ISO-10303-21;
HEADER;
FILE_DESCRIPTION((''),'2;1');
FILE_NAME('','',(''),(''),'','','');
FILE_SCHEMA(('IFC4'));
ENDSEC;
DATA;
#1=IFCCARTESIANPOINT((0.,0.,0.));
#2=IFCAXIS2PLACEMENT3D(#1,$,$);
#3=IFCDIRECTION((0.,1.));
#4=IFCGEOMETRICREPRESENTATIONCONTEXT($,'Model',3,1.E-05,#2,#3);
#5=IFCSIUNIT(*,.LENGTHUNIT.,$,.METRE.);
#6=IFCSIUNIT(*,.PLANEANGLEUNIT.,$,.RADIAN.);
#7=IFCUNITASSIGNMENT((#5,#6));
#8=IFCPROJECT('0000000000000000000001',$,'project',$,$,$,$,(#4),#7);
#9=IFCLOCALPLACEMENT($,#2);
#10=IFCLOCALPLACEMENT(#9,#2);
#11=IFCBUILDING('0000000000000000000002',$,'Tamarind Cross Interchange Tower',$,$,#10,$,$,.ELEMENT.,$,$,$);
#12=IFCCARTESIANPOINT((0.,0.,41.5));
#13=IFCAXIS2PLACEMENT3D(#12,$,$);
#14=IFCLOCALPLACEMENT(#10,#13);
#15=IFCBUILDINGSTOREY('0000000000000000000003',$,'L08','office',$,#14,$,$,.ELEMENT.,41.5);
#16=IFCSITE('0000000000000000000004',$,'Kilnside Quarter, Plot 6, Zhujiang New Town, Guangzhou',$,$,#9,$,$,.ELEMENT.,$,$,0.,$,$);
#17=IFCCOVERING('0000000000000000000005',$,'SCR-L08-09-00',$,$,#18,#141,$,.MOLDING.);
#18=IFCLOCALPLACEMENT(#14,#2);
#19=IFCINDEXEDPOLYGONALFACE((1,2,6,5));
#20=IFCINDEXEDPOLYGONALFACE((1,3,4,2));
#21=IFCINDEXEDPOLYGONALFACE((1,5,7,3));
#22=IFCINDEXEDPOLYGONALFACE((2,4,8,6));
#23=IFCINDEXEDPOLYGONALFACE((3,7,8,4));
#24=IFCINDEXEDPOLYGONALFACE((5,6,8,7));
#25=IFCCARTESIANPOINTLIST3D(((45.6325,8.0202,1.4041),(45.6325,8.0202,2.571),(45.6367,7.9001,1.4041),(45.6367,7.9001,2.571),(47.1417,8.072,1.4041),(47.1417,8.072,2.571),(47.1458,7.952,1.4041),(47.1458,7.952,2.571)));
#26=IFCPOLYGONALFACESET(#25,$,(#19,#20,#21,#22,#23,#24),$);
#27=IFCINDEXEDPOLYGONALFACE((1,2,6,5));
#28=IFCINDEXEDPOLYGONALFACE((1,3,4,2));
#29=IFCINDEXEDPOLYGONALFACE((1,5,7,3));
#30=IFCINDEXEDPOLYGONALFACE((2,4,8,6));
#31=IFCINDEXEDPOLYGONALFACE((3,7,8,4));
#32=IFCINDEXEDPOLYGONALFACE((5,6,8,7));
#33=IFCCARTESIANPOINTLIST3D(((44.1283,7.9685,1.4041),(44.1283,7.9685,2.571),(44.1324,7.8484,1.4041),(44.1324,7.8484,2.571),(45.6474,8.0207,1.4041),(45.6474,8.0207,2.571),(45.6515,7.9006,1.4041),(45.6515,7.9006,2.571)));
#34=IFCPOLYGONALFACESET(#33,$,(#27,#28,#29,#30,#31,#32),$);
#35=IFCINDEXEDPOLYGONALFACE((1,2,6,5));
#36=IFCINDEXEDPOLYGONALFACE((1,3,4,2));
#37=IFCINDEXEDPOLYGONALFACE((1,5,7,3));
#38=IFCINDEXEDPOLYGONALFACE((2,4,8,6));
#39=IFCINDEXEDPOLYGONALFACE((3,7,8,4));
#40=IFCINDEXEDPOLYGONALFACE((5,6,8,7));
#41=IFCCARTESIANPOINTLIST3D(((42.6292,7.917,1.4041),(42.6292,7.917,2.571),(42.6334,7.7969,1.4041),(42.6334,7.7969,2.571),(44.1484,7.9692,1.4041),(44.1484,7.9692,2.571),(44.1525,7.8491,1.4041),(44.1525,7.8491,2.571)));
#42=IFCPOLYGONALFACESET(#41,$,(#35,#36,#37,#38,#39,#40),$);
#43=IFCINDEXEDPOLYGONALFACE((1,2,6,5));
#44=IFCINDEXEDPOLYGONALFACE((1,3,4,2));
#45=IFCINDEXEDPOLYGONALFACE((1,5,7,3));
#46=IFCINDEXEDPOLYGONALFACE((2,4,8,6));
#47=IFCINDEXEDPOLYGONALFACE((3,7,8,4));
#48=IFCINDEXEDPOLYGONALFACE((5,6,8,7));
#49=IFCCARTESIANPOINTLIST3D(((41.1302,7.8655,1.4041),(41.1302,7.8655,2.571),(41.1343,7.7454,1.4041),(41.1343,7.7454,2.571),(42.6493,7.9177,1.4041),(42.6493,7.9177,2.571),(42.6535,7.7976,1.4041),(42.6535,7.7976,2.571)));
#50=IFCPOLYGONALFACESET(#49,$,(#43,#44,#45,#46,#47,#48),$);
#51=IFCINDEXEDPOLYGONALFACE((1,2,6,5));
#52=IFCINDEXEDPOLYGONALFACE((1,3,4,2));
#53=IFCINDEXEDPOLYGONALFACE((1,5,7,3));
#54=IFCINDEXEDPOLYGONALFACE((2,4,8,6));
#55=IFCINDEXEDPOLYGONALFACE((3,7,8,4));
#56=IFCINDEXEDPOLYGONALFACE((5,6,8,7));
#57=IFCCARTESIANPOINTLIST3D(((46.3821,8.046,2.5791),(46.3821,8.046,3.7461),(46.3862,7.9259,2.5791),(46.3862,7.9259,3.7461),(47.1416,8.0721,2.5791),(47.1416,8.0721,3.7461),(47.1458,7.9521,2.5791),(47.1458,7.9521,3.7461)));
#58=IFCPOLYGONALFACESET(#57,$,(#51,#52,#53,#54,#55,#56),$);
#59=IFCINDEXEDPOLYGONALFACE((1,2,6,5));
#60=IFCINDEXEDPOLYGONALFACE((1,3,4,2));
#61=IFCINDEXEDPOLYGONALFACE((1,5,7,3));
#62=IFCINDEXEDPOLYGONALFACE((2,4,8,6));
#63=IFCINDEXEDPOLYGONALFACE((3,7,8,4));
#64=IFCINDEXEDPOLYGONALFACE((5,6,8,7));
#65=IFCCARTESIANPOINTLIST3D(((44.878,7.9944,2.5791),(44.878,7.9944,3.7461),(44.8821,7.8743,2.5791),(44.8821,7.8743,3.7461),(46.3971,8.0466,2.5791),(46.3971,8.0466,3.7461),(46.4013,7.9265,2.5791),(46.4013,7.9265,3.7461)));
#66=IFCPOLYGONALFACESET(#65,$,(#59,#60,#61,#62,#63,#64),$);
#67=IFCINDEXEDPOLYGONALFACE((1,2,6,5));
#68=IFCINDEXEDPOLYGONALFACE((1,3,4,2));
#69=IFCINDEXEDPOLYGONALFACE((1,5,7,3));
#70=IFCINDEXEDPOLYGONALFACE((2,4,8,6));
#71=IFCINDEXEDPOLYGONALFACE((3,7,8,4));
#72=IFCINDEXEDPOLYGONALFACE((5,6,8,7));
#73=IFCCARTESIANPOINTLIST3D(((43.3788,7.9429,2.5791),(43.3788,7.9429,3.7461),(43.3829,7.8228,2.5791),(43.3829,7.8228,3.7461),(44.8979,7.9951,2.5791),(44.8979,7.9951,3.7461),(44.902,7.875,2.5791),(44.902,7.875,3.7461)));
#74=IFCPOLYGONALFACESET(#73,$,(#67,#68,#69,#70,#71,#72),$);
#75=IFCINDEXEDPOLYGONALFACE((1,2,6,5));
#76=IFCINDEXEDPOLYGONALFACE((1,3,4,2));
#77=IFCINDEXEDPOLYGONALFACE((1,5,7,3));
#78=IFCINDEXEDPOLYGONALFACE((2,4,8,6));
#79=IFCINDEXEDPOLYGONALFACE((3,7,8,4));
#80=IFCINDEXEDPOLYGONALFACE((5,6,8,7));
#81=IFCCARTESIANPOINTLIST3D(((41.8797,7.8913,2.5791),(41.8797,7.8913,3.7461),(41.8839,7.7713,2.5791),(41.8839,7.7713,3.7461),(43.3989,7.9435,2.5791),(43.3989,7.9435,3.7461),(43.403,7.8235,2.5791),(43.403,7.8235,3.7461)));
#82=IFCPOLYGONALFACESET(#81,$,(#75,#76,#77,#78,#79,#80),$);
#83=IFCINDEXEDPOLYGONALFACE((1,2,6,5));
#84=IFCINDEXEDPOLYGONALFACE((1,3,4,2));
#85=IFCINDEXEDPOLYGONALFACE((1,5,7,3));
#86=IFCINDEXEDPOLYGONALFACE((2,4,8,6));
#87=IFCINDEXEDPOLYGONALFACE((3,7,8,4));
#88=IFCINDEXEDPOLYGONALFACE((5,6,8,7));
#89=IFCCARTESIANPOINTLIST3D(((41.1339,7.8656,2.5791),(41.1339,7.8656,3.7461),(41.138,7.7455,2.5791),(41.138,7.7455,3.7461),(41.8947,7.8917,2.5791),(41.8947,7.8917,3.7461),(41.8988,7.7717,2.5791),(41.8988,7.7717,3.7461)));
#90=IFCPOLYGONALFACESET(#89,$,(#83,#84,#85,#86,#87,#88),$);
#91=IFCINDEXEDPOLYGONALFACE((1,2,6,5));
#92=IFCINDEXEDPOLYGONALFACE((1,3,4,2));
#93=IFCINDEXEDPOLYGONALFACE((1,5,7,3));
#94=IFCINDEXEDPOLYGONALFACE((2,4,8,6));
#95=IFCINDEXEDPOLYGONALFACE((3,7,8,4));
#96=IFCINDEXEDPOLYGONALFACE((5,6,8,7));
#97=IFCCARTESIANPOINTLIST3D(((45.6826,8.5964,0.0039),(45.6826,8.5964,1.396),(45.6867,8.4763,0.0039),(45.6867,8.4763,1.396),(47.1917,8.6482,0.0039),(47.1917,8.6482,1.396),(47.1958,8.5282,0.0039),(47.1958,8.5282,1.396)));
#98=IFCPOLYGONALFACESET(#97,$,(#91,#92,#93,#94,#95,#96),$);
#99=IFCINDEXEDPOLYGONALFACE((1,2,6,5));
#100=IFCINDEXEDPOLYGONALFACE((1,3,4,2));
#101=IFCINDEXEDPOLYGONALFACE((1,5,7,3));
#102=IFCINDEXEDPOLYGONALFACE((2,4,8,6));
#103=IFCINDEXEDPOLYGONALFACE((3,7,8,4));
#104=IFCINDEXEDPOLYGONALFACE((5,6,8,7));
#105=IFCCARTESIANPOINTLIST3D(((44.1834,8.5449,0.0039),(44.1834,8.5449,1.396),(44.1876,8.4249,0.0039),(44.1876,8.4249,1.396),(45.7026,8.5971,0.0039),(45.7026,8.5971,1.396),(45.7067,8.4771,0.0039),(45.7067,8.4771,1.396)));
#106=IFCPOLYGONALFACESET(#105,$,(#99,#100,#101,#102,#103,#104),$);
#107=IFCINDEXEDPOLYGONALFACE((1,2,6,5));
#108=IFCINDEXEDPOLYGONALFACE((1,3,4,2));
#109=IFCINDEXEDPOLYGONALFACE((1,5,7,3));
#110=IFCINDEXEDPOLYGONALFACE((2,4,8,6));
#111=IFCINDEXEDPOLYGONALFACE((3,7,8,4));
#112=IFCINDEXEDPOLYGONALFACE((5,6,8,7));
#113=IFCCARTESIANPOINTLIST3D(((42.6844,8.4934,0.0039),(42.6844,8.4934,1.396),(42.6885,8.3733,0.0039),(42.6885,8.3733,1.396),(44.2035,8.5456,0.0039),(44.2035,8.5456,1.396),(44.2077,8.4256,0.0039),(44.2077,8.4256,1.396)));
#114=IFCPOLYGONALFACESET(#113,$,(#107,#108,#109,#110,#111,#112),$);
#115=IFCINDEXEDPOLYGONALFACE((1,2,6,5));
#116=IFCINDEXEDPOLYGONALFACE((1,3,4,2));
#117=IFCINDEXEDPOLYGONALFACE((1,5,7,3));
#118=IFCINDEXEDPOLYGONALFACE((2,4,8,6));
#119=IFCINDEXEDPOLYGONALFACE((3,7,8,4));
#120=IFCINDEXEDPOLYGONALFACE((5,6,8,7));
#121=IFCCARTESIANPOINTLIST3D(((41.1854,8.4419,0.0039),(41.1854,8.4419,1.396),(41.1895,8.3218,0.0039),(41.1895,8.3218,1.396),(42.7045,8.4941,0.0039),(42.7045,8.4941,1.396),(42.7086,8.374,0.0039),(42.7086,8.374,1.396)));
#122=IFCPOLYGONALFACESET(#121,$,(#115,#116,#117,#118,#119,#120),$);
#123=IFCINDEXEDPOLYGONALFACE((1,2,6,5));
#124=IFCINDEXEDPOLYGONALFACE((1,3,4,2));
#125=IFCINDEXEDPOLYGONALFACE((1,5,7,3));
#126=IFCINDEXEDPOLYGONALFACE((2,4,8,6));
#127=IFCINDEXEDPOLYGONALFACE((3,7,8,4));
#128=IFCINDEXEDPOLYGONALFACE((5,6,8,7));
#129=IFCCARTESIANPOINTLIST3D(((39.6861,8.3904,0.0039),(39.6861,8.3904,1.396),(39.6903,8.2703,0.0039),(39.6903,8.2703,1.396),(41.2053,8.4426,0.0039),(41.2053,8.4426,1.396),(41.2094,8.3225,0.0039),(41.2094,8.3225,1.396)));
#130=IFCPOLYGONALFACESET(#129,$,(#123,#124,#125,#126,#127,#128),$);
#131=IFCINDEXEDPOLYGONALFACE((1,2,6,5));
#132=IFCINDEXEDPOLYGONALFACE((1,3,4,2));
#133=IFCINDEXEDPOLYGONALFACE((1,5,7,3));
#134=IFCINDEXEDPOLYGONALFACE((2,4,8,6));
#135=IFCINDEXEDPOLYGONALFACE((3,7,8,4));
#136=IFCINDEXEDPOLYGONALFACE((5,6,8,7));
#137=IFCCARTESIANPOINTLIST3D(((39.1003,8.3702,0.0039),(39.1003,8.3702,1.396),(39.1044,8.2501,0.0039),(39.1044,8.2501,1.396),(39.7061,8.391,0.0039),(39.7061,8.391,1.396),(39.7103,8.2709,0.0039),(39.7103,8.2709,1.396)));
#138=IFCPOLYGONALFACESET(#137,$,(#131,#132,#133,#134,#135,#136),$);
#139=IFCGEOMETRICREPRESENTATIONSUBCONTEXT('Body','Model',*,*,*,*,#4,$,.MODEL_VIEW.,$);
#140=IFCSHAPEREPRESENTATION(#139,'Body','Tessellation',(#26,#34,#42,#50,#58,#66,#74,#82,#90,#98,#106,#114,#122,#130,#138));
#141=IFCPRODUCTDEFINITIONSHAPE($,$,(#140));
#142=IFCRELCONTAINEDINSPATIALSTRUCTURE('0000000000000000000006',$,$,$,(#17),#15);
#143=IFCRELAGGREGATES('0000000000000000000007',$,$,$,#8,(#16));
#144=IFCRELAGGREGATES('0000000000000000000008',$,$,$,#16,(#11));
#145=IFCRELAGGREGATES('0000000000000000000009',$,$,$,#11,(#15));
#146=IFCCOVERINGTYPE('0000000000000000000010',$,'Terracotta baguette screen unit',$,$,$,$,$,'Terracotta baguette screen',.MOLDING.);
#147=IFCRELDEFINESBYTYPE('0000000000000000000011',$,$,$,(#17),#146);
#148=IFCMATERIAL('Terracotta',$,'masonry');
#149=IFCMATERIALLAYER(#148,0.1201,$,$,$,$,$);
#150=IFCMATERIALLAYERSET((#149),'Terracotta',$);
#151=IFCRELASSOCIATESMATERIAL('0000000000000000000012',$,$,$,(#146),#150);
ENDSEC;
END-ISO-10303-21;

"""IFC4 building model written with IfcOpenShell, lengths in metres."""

from ifc_helpers import new_model, si_unit, direction, frame, origin, origin_2d, place, context, subcontext, project, spatial, rectangle, extrude, material, layer, layer_set, type_object, element, save


model = new_model("IFC4")

# Units and contexts
model_context = context("Model", 3, precision=1e-05, world=origin(), true_north=direction((0.0, 1.0)))
body_context = subcontext(model_context, "Body", "Model", "MODEL_VIEW")
ifc_project = project(units=[si_unit("LENGTHUNIT", "METRE"), si_unit("PLANEANGLEUNIT", "RADIAN")], contexts=[model_context])

# Site, building, storey
site_placement = place(None, origin())
site = spatial("IfcSite", under=ifc_project, at=site_placement, Name="Kilnside Quarter, Plot 6, Zhujiang New Town, Guangzhou", CompositionType="ELEMENT", RefElevation=0.0)
building_placement = place(site_placement, origin())
building = spatial("IfcBuilding", under=site, at=building_placement, Name="Tamarind Cross Interchange Tower", CompositionType="ELEMENT")
storey_placement = place(building_placement, frame((0.0, 0.0, 41.5)))
storey = spatial("IfcBuildingStorey", under=building, at=storey_placement, Name="L08", Description="office", CompositionType="ELEMENT", Elevation=41.5)

# Covering
ifc_material_1 = material(Name="Terracotta", Category="masonry")
ifc_layer_1 = layer(ifc_material_1, 0.1201)
ifc_layer_set_1 = layer_set([ifc_layer_1], Name="Terracotta")
covering_type = type_object("IfcCoveringType", Name="Terracotta baguette screen unit", ElementType="Terracotta baguette screen", PredefinedType="MOLDING", material=ifc_layer_set_1)
covering_1_placement = place(storey_placement, origin())
element("IfcCovering", 1, at=covering_1_placement, inside=storey, type_object=covering_type, Name="SCR-L08-09-00", PredefinedType="MOLDING", context=body_context, shape_type="SweptSolid", body=[
    extrude(rectangle(XDim=1.51, YDim=0.1201, at=origin_2d()), frame((46.3892, 7.9861, 1.4041), z_axis=(0.0, 0.0, 1.0), x_axis=(-0.99941, -0.034343, 0.0)), (0.0, 0.0, 1.0), 1.167),
    extrude(rectangle(XDim=1.52, YDim=0.1201, at=origin_2d()), frame((44.8899, 7.9346, 1.4041), z_axis=(0.0, 0.0, 1.0), x_axis=(-0.99941, -0.034343, 0.0)), (0.0, 0.0, 1.0), 1.167),
    extrude(rectangle(XDim=1.52, YDim=0.1201, at=origin_2d()), frame((43.3909, 7.8831, 1.4041), z_axis=(0.0, 0.0, 1.0), x_axis=(-0.99941, -0.034343, 0.0)), (0.0, 0.0, 1.0), 1.167),
    extrude(rectangle(XDim=1.52, YDim=0.1201, at=origin_2d()), frame((41.8918, 7.8315, 1.4041), z_axis=(0.0, 0.0, 1.0), x_axis=(-0.99941, -0.034343, 0.0)), (0.0, 0.0, 1.0), 1.167),
    extrude(rectangle(XDim=0.76, YDim=0.1201, at=origin_2d()), frame((46.7639, 7.999, 2.5791), z_axis=(0.0, 0.0, 1.0), x_axis=(-0.99941, -0.034343, 0.0)), (0.0, 0.0, 1.0), 1.167),
    extrude(rectangle(XDim=1.52, YDim=0.1201, at=origin_2d()), frame((45.6396, 7.9604, 2.5791), z_axis=(0.0, 0.0, 1.0), x_axis=(-0.99941, -0.034343, 0.0)), (0.0, 0.0, 1.0), 1.167),
    extrude(rectangle(XDim=1.52, YDim=0.1201, at=origin_2d()), frame((44.1404, 7.9089, 2.5791), z_axis=(0.0, 0.0, 1.0), x_axis=(-0.99941, -0.034343, 0.0)), (0.0, 0.0, 1.0), 1.167),
    extrude(rectangle(XDim=1.52, YDim=0.1201, at=origin_2d()), frame((42.6414, 7.8574, 2.5791), z_axis=(0.0, 0.0, 1.0), x_axis=(-0.99941, -0.034343, 0.0)), (0.0, 0.0, 1.0), 1.167),
    extrude(rectangle(XDim=0.7612, YDim=0.1201, at=origin_2d()), frame((41.5164, 7.8186, 2.5791), z_axis=(0.0, 0.0, 1.0), x_axis=(-0.99941, -0.034343, 0.0)), (0.0, 0.0, 1.0), 1.167),
    extrude(rectangle(XDim=1.51, YDim=0.1201, at=origin_2d()), frame((46.4392, 8.5623, 0.0039), z_axis=(0.0, 0.0, 1.0), x_axis=(-0.99941, -0.034343, 0.0)), (0.0, 0.0, 1.0), 1.3921),
    extrude(rectangle(XDim=1.52, YDim=0.1201, at=origin_2d()), frame((44.9451, 8.511, 0.0039), z_axis=(0.0, 0.0, 1.0), x_axis=(-0.99941, -0.034343, 0.0)), (0.0, 0.0, 1.0), 1.3921),
    extrude(rectangle(XDim=1.52, YDim=0.1201, at=origin_2d()), frame((43.446, 8.4595, 0.0039), z_axis=(0.0, 0.0, 1.0), x_axis=(-0.99941, -0.034343, 0.0)), (0.0, 0.0, 1.0), 1.3921),
    extrude(rectangle(XDim=1.52, YDim=0.1201, at=origin_2d()), frame((41.947, 8.408, 0.0039), z_axis=(0.0, 0.0, 1.0), x_axis=(-0.99941, -0.034343, 0.0)), (0.0, 0.0, 1.0), 1.3921),
    extrude(rectangle(XDim=1.52, YDim=0.1201, at=origin_2d()), frame((40.4478, 8.3564, 0.0039), z_axis=(0.0, 0.0, 1.0), x_axis=(-0.99941, -0.034343, 0.0)), (0.0, 0.0, 1.0), 1.3921),
    extrude(rectangle(XDim=0.6062, YDim=0.1201, at=origin_2d()), frame((39.4053, 8.3206, 0.0039), z_axis=(0.0, 0.0, 1.0), x_axis=(-0.99941, -0.034343, 0.0)), (0.0, 0.0, 1.0), 1.3921),
])

save(model, "model.ifc")
